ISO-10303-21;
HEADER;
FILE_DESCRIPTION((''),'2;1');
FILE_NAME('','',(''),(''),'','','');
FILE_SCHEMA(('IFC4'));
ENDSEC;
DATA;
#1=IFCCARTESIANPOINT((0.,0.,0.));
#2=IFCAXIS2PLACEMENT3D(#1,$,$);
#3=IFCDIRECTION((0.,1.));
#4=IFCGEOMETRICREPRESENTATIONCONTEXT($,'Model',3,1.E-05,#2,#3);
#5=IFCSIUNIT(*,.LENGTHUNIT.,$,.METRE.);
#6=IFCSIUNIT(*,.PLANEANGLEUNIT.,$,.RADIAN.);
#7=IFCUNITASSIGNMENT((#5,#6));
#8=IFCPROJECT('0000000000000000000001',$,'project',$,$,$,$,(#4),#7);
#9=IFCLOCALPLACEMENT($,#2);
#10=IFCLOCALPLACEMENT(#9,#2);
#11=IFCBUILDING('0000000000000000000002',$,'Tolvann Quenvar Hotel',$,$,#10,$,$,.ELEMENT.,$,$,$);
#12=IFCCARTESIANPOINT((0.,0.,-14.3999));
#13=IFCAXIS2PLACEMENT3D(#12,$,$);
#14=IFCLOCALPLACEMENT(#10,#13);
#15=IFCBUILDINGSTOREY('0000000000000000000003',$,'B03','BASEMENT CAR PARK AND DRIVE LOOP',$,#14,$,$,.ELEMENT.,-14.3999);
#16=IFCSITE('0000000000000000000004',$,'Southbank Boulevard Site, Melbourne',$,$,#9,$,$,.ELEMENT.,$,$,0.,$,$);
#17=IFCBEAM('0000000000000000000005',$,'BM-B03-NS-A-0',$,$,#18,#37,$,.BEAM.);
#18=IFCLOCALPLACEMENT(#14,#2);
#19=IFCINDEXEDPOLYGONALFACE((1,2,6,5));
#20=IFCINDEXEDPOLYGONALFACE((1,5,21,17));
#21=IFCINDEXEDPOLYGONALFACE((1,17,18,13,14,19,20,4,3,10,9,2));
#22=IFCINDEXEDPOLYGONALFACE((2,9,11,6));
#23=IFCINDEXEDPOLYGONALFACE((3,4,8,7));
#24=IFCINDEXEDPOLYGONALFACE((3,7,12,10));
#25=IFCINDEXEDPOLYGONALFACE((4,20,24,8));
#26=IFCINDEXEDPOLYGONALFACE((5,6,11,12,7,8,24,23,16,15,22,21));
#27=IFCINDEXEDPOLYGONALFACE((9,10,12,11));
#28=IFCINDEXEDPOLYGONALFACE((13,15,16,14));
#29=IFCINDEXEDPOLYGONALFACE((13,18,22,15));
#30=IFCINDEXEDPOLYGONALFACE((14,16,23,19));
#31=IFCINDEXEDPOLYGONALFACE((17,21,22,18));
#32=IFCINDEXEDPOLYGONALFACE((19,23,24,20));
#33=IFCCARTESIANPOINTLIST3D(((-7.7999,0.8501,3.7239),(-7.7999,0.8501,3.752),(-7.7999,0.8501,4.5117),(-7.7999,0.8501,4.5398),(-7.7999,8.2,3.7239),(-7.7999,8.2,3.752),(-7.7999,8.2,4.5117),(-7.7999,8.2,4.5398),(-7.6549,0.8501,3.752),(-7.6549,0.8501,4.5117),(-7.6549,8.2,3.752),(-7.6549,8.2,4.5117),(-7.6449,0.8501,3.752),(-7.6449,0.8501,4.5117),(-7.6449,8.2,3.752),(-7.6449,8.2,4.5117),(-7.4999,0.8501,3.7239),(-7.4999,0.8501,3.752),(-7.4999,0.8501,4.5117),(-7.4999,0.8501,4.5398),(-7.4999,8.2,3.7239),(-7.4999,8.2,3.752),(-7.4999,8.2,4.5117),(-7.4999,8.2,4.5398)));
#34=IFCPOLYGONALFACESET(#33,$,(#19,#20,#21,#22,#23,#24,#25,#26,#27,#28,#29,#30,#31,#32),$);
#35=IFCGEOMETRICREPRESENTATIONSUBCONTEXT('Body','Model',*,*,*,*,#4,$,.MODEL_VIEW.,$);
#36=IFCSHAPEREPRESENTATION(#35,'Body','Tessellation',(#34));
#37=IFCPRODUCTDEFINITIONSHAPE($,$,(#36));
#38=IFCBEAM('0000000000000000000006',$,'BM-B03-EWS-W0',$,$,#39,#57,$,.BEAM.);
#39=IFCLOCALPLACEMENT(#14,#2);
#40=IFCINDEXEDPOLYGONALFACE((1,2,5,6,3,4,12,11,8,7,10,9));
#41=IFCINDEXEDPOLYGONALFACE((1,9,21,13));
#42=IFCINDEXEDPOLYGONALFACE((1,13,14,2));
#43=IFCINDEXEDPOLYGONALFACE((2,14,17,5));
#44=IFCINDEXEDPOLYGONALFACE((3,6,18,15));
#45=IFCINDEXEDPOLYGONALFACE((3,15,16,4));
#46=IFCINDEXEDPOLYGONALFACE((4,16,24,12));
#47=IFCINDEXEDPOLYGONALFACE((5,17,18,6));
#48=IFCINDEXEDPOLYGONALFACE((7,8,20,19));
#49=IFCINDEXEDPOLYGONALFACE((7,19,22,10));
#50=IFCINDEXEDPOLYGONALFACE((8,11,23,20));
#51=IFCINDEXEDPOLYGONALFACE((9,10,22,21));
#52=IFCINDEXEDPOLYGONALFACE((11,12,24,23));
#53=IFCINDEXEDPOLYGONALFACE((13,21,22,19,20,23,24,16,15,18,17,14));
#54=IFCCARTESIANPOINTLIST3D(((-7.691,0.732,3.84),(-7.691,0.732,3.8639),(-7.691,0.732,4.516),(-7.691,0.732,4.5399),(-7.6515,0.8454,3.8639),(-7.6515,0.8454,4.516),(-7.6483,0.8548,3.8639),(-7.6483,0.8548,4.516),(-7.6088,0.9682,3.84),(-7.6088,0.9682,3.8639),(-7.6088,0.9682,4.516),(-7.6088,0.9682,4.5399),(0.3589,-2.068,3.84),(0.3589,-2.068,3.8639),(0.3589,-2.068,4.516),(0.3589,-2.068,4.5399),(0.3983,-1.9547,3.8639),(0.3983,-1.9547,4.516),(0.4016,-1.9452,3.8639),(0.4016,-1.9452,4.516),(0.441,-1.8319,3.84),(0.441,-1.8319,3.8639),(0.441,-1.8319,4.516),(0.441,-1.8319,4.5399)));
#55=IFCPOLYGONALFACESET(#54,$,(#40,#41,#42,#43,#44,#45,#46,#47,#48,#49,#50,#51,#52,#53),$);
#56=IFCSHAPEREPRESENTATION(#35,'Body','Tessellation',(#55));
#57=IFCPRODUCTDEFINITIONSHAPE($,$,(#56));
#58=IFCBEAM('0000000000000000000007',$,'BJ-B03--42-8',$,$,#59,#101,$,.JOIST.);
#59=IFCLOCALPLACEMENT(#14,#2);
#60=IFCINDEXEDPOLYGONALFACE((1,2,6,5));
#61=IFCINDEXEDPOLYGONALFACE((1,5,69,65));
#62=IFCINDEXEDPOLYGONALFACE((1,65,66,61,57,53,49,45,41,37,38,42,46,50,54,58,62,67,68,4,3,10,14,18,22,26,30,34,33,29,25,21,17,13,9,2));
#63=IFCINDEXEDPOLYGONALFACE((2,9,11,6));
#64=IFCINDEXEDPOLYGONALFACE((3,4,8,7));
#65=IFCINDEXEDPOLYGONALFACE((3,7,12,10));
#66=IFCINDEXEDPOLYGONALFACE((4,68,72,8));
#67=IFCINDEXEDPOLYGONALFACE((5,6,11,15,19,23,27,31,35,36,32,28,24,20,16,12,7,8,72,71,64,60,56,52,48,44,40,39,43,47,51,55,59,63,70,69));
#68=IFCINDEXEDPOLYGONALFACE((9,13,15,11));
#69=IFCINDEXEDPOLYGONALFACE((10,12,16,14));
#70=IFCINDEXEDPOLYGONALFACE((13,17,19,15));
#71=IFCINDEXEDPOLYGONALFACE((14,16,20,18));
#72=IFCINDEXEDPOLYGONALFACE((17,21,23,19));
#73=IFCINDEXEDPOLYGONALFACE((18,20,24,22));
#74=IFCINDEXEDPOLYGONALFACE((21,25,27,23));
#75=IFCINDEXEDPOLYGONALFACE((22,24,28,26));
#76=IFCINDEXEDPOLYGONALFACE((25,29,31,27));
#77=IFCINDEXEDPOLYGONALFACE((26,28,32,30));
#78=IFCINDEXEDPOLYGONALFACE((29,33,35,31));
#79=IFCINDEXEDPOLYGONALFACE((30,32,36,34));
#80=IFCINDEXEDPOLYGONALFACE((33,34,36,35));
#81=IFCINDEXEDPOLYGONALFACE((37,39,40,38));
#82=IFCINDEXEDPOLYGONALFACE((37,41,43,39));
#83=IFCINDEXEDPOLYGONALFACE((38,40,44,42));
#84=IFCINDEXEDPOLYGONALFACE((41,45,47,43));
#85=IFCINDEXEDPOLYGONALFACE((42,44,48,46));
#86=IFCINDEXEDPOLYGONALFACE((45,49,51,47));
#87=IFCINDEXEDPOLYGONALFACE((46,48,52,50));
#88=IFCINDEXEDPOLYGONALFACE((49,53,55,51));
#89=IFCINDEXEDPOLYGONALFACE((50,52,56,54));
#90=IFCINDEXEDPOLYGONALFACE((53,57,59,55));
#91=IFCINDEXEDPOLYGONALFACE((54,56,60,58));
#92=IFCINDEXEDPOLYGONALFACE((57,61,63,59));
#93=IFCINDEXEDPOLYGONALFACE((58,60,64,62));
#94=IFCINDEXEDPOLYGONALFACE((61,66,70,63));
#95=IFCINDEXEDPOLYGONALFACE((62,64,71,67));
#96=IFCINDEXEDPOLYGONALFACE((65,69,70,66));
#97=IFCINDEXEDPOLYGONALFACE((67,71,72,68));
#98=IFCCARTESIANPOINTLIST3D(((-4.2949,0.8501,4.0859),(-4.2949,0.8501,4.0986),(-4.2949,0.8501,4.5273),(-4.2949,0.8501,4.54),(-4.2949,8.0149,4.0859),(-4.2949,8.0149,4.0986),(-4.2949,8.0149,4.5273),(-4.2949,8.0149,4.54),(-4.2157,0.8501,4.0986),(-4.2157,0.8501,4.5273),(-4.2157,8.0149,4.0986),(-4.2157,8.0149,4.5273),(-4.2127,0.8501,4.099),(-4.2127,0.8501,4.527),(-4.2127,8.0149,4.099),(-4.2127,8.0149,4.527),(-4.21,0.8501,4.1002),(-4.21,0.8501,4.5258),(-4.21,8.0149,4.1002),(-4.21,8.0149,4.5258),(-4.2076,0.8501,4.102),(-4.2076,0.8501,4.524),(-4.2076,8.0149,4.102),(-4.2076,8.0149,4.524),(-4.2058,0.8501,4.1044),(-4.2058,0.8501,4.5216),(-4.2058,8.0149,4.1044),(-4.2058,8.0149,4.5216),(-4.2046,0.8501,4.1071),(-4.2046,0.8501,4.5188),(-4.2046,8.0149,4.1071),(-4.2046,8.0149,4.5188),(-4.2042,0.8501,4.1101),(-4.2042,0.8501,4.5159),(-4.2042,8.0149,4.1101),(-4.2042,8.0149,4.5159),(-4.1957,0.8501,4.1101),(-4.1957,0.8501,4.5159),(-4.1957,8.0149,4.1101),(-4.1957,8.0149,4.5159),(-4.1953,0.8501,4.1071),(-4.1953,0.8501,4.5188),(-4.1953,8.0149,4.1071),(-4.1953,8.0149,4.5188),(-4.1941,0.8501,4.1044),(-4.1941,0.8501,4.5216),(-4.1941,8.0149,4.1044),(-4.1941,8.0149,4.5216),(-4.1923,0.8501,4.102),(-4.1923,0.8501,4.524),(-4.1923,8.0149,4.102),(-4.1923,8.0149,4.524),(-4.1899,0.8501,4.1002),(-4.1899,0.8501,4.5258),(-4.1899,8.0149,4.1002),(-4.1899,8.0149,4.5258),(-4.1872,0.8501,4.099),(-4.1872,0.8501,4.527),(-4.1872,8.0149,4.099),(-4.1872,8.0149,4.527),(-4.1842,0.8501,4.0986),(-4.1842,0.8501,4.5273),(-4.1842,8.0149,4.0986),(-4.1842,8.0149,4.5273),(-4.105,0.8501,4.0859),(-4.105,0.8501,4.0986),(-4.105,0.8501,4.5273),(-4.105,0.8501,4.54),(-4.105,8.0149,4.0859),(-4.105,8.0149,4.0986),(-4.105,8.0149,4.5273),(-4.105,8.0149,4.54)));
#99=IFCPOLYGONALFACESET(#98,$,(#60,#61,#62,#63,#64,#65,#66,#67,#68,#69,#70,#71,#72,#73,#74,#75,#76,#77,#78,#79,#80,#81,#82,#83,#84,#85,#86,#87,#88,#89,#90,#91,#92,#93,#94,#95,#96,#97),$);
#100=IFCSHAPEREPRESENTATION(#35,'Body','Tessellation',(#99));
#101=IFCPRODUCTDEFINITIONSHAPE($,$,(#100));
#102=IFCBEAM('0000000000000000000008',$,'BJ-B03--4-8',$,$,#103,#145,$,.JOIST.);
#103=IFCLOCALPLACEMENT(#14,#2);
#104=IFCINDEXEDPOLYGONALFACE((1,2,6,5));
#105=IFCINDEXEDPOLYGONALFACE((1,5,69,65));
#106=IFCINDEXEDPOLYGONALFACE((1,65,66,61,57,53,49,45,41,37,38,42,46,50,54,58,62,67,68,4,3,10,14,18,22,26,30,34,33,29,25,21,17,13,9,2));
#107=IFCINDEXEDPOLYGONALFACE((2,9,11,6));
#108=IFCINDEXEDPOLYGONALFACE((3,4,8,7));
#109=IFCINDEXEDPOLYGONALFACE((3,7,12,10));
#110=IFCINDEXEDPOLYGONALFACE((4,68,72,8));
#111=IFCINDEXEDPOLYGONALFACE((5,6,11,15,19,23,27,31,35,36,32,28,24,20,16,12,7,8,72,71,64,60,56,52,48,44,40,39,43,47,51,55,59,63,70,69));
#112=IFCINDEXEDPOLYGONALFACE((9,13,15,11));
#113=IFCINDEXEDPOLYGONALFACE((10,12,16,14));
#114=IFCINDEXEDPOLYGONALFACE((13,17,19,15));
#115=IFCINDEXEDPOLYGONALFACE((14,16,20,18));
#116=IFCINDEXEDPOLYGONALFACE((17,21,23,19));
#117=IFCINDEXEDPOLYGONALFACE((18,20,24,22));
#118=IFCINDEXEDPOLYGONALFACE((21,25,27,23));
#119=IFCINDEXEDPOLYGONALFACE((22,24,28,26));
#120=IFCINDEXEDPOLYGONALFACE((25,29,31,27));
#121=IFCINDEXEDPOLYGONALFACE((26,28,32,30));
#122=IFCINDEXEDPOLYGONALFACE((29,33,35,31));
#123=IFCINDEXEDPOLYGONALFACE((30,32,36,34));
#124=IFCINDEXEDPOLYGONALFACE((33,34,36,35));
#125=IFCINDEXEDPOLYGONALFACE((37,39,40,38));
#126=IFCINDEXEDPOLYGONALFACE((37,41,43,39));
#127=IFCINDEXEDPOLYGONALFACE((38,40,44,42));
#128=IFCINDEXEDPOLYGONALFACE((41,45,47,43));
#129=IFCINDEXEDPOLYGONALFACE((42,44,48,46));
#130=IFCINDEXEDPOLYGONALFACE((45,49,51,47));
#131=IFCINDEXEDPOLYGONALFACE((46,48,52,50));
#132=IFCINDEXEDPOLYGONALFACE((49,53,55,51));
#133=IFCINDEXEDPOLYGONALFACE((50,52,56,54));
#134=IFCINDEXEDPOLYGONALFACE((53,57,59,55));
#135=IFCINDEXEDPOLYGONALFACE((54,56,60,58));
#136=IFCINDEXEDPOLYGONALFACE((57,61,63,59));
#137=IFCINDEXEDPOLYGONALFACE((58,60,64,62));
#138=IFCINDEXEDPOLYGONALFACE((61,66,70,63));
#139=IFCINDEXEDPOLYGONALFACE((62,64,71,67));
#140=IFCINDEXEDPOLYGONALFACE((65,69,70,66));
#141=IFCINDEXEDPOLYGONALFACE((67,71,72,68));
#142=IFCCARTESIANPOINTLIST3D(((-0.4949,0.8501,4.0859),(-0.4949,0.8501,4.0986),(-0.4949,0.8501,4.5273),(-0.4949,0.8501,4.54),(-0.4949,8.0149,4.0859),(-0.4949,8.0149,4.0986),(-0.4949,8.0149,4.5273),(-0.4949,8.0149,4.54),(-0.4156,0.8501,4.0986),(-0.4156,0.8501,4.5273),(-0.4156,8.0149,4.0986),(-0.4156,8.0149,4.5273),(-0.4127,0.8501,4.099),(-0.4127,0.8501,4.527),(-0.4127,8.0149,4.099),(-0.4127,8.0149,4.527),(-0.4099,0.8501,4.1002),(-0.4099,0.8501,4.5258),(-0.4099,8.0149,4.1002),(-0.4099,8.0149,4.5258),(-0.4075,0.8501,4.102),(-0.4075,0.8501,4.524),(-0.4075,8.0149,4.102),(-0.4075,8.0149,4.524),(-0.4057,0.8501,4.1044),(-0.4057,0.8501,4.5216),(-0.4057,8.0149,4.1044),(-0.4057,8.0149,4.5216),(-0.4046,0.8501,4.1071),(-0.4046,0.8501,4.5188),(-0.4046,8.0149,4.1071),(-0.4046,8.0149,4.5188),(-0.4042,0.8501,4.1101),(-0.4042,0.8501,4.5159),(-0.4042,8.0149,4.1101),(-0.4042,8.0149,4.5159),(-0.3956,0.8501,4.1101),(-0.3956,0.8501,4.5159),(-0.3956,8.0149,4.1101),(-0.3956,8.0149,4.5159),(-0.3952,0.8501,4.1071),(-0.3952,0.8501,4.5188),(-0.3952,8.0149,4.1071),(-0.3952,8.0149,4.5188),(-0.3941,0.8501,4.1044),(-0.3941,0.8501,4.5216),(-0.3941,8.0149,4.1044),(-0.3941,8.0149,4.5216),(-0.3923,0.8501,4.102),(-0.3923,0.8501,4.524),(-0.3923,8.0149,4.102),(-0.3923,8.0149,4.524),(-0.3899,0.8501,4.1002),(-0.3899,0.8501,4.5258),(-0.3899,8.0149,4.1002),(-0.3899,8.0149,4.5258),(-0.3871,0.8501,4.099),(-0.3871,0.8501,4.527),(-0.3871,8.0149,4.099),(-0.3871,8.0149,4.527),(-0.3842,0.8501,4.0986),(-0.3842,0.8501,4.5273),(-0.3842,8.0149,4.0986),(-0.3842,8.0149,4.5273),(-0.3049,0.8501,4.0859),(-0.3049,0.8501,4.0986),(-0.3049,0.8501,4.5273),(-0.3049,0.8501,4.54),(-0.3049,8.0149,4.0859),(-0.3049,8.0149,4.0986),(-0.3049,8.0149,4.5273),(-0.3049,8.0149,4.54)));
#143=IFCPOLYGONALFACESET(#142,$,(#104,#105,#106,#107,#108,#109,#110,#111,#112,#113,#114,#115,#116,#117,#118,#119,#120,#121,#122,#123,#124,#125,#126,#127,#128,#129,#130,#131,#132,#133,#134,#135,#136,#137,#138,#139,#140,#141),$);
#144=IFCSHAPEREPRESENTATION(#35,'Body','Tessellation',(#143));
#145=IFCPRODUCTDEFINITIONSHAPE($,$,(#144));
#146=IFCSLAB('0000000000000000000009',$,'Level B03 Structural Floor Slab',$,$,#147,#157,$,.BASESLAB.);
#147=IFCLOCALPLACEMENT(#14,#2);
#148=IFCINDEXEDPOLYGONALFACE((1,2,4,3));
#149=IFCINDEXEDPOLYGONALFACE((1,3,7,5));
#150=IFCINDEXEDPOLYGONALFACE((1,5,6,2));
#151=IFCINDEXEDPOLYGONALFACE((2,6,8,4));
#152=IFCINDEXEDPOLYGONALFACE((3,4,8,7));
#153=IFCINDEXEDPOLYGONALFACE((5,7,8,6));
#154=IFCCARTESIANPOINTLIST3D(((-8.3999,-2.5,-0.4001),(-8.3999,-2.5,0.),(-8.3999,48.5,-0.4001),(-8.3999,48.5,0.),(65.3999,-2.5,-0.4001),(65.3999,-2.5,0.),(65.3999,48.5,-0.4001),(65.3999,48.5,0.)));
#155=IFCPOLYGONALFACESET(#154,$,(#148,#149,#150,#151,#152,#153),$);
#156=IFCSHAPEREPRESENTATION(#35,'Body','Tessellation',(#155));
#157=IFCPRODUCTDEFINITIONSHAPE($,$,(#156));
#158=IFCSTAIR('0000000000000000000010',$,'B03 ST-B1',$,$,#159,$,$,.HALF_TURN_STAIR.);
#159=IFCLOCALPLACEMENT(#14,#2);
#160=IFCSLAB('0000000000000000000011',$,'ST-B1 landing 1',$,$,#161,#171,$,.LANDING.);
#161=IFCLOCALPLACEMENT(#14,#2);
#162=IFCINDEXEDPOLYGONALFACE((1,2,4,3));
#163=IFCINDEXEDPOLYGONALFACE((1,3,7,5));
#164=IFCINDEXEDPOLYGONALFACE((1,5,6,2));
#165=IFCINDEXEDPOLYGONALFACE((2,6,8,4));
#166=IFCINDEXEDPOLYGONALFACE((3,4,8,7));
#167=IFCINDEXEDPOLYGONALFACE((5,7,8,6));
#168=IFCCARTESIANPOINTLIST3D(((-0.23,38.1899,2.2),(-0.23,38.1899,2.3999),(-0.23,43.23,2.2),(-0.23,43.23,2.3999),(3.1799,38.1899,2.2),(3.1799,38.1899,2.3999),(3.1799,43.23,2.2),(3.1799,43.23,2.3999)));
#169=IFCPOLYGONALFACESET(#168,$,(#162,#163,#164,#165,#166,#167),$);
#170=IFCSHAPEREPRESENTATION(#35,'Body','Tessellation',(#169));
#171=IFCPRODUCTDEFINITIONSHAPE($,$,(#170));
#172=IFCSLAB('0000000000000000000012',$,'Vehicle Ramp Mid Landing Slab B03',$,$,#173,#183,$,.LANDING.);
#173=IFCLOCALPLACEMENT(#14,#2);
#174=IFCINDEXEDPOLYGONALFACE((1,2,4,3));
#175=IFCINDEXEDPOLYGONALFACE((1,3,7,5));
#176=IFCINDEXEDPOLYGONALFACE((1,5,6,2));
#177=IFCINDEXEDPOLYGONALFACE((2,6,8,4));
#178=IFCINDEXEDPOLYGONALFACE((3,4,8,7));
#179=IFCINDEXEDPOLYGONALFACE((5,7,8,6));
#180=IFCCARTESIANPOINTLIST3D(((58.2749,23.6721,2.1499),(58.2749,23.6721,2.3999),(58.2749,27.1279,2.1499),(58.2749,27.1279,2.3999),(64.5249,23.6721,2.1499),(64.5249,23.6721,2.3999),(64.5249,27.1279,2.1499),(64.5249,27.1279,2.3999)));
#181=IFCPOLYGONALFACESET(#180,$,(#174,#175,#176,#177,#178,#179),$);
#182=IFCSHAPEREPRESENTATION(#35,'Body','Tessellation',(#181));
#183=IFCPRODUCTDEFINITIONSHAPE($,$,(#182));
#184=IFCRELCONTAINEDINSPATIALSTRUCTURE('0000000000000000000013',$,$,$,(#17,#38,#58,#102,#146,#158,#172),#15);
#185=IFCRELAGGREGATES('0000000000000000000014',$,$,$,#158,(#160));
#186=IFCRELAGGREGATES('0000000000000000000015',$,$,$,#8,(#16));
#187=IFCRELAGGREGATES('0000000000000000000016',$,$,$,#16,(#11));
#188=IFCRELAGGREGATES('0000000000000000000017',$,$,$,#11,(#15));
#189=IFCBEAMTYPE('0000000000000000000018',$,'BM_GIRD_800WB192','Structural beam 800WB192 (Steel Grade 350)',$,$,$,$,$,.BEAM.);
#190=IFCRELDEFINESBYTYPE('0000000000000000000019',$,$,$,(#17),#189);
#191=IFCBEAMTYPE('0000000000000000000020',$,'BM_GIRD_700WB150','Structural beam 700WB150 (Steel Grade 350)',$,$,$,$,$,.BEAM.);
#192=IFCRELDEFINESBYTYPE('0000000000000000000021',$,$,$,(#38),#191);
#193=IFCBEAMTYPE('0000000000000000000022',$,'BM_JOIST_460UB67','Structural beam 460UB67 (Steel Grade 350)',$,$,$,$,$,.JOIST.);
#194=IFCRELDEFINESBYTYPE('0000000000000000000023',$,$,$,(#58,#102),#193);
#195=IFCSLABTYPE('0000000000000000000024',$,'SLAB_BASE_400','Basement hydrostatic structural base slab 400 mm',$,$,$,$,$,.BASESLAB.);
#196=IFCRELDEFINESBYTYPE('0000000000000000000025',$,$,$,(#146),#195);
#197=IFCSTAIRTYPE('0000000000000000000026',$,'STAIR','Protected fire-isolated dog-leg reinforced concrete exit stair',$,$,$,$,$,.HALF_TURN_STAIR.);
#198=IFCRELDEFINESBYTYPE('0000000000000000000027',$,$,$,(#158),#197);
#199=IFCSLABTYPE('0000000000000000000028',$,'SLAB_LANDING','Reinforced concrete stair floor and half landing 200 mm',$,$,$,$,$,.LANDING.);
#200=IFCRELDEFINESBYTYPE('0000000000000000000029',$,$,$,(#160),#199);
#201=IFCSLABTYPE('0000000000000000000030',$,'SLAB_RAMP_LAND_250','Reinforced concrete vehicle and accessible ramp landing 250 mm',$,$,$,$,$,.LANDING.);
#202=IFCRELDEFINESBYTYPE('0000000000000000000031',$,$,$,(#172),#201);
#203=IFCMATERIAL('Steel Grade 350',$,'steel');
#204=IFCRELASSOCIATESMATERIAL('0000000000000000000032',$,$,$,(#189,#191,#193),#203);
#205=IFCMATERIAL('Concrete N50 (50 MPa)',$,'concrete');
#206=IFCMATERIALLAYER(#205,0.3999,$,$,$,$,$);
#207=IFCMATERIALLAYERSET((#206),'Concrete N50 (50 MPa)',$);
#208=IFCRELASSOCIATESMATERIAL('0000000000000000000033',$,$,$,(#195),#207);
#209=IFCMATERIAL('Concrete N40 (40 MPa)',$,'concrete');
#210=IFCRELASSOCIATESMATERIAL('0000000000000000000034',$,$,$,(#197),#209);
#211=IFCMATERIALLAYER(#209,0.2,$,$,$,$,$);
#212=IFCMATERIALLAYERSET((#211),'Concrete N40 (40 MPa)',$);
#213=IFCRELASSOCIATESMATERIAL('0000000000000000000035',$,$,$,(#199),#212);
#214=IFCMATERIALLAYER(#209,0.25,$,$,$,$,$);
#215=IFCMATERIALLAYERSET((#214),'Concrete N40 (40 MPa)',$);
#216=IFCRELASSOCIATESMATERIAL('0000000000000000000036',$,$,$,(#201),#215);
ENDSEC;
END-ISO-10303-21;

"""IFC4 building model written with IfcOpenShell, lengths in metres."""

from ifc_helpers import new_model, si_unit, direction, frame, origin, origin_2d, place, context, subcontext, project, spatial, polyline, i_section, outline, extrude, source, transform, mapped, material, layer, layer_set, material_profile, profile_set, type_object, type_shapes, element, aggregate, save


model = new_model("IFC4")

# Units and contexts
model_context = context("Model", 3, precision=1e-05, world=origin(), true_north=direction((0.0, 1.0)))
body_context = subcontext(model_context, "Body", "Model", "MODEL_VIEW")
ifc_project = project(units=[si_unit("LENGTHUNIT", "METRE"), si_unit("PLANEANGLEUNIT", "RADIAN")], contexts=[model_context])

# Site, building, storey
site_placement = place(None, origin())
site = spatial("IfcSite", under=ifc_project, at=site_placement, Name="Southbank Boulevard Site, Melbourne", CompositionType="ELEMENT", RefElevation=0.0)
building_placement = place(site_placement, origin())
building = spatial("IfcBuilding", under=site, at=building_placement, Name="Tolvann Quenvar Hotel", CompositionType="ELEMENT")
storey_placement = place(building_placement, frame((0.0, 0.0, -14.3999)))
storey = spatial("IfcBuildingStorey", under=building, at=storey_placement, Name="B03", Description="BASEMENT CAR PARK AND DRIVE LOOP", CompositionType="ELEMENT", Elevation=-14.3999)

# Shared definitions
ifc_material_1 = material(Name="Concrete N50 (50 MPa)", Category="concrete")

# Beams
ifc_material_2 = material(Name="Steel Grade 350", Category="steel")
ifc_material_profile_1 = material_profile(ifc_material_2, i_section(OverallWidth=0.3, OverallDepth=0.8159, WebThickness=0.01, FlangeThickness=0.0281, at=origin_2d()), Name="800WB192")
ifc_profile_set_1 = profile_set([ifc_material_profile_1], Name="Steel Grade 350")
beam_type_1 = type_object("IfcBeamType", Name="BM_GIRD_800WB192", Description="Structural beam 800WB192 (Steel Grade 350)", PredefinedType="BEAM", material=ifc_profile_set_1)
shared_shape_1 = source(origin(), body_context, "Body", "SweptSolid", [
    extrude(i_section(OverallWidth=0.3, OverallDepth=0.8159, WebThickness=0.01, FlangeThickness=0.0281, at=origin_2d()), origin(), (0.0, 0.0, 1.0), 7.3499),
])
type_shapes(beam_type_1, [shared_shape_1])
beam_1_placement = place(storey_placement, frame((-7.6499, 0.8501, 4.1318), z_axis=(0.0, 1.0, 0.0), x_axis=(-1.0, 0.0, 0.0)))
element("IfcBeam", 1, at=beam_1_placement, inside=storey, type_object=beam_type_1, Name="BM-B03-NS-A-0", PredefinedType="BEAM", context=body_context, shape_type="MappedRepresentation", body=[
    mapped(shared_shape_1, transform((0.0, 0.0, 0.0), x_axis=(1.0, 0.0, 0.0), y_axis=(0.0, 1.0, 0.0), z_axis=(0.0, 0.0, 1.0), scale=1.0)),
])
ifc_material_profile_2 = material_profile(ifc_material_2, i_section(OverallWidth=0.25, OverallDepth=0.7, WebThickness=0.01, FlangeThickness=0.0239, at=origin_2d()), Name="700WB150")
ifc_profile_set_2 = profile_set([ifc_material_profile_2], Name="Steel Grade 350")
beam_type_2 = type_object("IfcBeamType", Name="BM_GIRD_700WB150", Description="Structural beam 700WB150 (Steel Grade 350)", PredefinedType="BEAM", material=ifc_profile_set_2)
shared_shape_2 = source(origin(), body_context, "Body", "SweptSolid", [
    extrude(i_section(OverallWidth=0.25, OverallDepth=0.7, WebThickness=0.01, FlangeThickness=0.0239, at=origin_2d()), origin(), (0.0, 0.0, 1.0), 8.5229),
])
type_shapes(beam_type_2, [shared_shape_2])
beam_2_placement = place(storey_placement, frame((-7.6499, 0.8501, 4.1899), z_axis=(0.944493, -0.328533, 0.0), x_axis=(0.328533, 0.944493, 0.0)))
element("IfcBeam", 2, at=beam_2_placement, inside=storey, type_object=beam_type_2, Name="BM-B03-EWS-W0", PredefinedType="BEAM", context=body_context, shape_type="MappedRepresentation", body=[
    mapped(shared_shape_2, transform((0.0, 0.0, 0.0), x_axis=(1.0, 0.0, 0.0), y_axis=(0.0, 1.0, 0.0), z_axis=(0.0, 0.0, 1.0), scale=1.0)),
])
ifc_material_profile_3 = material_profile(ifc_material_2, i_section(OverallWidth=0.1899, OverallDepth=0.4541, WebThickness=0.0085, FlangeThickness=0.0127, FilletRadius=0.0115, at=origin_2d()), Name="460UB67")
ifc_profile_set_3 = profile_set([ifc_material_profile_3], Name="Steel Grade 350")
beam_type_3 = type_object("IfcBeamType", Name="BM_JOIST_460UB67", Description="Structural beam 460UB67 (Steel Grade 350)", PredefinedType="JOIST", material=ifc_profile_set_3)
shared_shape_3 = source(origin(), body_context, "Body", "SweptSolid", [
    extrude(i_section(OverallWidth=0.1899, OverallDepth=0.4541, WebThickness=0.0085, FlangeThickness=0.0127, FilletRadius=0.0115, at=origin_2d()), origin(), (0.0, 0.0, 1.0), 7.1648),
])
type_shapes(beam_type_3, [shared_shape_3])
for number, where, z_axis, x_axis, name in (
    (3, (-4.2, 0.8501, 4.313), (0.0, 1.0, 0.0), (-1.0, 0.0, 0.0), "BJ-B03--42-8"),
    (4, (-0.3999, 0.8501, 4.313), (0.0, 1.0, 0.0), (-1.0, 0.0, 0.0), "BJ-B03--4-8"),
):
    element("IfcBeam", number, at=place(storey_placement, frame(where, z_axis=z_axis, x_axis=x_axis)), inside=storey, type_object=beam_type_3, Name=name, PredefinedType="JOIST", context=body_context, shape_type="MappedRepresentation", body=[
        mapped(shared_shape_3, transform((0.0, 0.0, 0.0), x_axis=(1.0, 0.0, 0.0), y_axis=(0.0, 1.0, 0.0), z_axis=(0.0, 0.0, 1.0), scale=1.0)),
    ])

# Slab
ifc_layer_1 = layer(ifc_material_1, 0.3999)
ifc_layer_set_1 = layer_set([ifc_layer_1], Name="Concrete N50 (50 MPa)")
slab_type_1 = type_object("IfcSlabType", Name="SLAB_BASE_400", Description="Basement hydrostatic structural base slab 400 mm", PredefinedType="BASESLAB", material=ifc_layer_set_1)
slab_1_placement = place(storey_placement, frame((0.0, 0.0, -0.4001)))
element("IfcSlab", 5, at=slab_1_placement, inside=storey, type_object=slab_type_1, Name="Level B03 Structural Floor Slab", PredefinedType="BASESLAB", context=body_context, shape_type="SweptSolid", body=[
    extrude(outline(polyline([(-8.3999, -2.5), (-8.3999, 48.5), (65.3999, 48.5), (65.3999, -2.5), (-8.3999, -2.5)])), origin(), (0.0, 0.0, 1.0), 0.4001),
])

# Stair, slab
ifc_material_3 = material(Name="Concrete N40 (40 MPa)", Category="concrete")
stair_type = type_object("IfcStairType", Name="STAIR", Description="Protected fire-isolated dog-leg reinforced concrete exit stair", PredefinedType="HALF_TURN_STAIR", material=ifc_material_3)
stair_placement = place(storey_placement, origin())
stair = element("IfcStair", 6, at=stair_placement, inside=storey, type_object=stair_type, Name="B03 ST-B1", PredefinedType="HALF_TURN_STAIR")
ifc_layer_2 = layer(ifc_material_3, 0.2)
ifc_layer_set_2 = layer_set([ifc_layer_2], Name="Concrete N40 (40 MPa)")
slab_type_2 = type_object("IfcSlabType", Name="SLAB_LANDING", Description="Reinforced concrete stair floor and half landing 200 mm", PredefinedType="LANDING", material=ifc_layer_set_2)
slab_2_placement = place(storey_placement, frame((0.0, 0.0, 2.2)))
slab_2 = element("IfcSlab", 7, at=slab_2_placement, type_object=slab_type_2, Name="ST-B1 landing 1", PredefinedType="LANDING", context=body_context, shape_type="SweptSolid", body=[
    extrude(outline(polyline([(3.1799, 38.1899), (3.1799, 43.23), (-0.23, 43.23), (-0.23, 38.1899), (3.1799, 38.1899)])), origin(), (0.0, 0.0, 1.0), 0.2),
])
aggregate(stair, [slab_2])

# Slab
ifc_layer_3 = layer(ifc_material_3, 0.25)
ifc_layer_set_3 = layer_set([ifc_layer_3], Name="Concrete N40 (40 MPa)")
slab_type_3 = type_object("IfcSlabType", Name="SLAB_RAMP_LAND_250", Description="Reinforced concrete vehicle and accessible ramp landing 250 mm", PredefinedType="LANDING", material=ifc_layer_set_3)
slab_3_placement = place(storey_placement, frame((0.0, 0.0, 2.1499)))
element("IfcSlab", 8, at=slab_3_placement, inside=storey, type_object=slab_type_3, Name="Vehicle Ramp Mid Landing Slab B03", PredefinedType="LANDING", context=body_context, shape_type="SweptSolid", body=[
    extrude(outline(polyline([(58.2749, 23.6721), (64.5249, 23.6721), (64.5249, 27.1279), (58.2749, 27.1279), (58.2749, 23.6721)])), origin(), (0.0, 0.0, 1.0), 0.25),
])

save(model, "model.ifc")
